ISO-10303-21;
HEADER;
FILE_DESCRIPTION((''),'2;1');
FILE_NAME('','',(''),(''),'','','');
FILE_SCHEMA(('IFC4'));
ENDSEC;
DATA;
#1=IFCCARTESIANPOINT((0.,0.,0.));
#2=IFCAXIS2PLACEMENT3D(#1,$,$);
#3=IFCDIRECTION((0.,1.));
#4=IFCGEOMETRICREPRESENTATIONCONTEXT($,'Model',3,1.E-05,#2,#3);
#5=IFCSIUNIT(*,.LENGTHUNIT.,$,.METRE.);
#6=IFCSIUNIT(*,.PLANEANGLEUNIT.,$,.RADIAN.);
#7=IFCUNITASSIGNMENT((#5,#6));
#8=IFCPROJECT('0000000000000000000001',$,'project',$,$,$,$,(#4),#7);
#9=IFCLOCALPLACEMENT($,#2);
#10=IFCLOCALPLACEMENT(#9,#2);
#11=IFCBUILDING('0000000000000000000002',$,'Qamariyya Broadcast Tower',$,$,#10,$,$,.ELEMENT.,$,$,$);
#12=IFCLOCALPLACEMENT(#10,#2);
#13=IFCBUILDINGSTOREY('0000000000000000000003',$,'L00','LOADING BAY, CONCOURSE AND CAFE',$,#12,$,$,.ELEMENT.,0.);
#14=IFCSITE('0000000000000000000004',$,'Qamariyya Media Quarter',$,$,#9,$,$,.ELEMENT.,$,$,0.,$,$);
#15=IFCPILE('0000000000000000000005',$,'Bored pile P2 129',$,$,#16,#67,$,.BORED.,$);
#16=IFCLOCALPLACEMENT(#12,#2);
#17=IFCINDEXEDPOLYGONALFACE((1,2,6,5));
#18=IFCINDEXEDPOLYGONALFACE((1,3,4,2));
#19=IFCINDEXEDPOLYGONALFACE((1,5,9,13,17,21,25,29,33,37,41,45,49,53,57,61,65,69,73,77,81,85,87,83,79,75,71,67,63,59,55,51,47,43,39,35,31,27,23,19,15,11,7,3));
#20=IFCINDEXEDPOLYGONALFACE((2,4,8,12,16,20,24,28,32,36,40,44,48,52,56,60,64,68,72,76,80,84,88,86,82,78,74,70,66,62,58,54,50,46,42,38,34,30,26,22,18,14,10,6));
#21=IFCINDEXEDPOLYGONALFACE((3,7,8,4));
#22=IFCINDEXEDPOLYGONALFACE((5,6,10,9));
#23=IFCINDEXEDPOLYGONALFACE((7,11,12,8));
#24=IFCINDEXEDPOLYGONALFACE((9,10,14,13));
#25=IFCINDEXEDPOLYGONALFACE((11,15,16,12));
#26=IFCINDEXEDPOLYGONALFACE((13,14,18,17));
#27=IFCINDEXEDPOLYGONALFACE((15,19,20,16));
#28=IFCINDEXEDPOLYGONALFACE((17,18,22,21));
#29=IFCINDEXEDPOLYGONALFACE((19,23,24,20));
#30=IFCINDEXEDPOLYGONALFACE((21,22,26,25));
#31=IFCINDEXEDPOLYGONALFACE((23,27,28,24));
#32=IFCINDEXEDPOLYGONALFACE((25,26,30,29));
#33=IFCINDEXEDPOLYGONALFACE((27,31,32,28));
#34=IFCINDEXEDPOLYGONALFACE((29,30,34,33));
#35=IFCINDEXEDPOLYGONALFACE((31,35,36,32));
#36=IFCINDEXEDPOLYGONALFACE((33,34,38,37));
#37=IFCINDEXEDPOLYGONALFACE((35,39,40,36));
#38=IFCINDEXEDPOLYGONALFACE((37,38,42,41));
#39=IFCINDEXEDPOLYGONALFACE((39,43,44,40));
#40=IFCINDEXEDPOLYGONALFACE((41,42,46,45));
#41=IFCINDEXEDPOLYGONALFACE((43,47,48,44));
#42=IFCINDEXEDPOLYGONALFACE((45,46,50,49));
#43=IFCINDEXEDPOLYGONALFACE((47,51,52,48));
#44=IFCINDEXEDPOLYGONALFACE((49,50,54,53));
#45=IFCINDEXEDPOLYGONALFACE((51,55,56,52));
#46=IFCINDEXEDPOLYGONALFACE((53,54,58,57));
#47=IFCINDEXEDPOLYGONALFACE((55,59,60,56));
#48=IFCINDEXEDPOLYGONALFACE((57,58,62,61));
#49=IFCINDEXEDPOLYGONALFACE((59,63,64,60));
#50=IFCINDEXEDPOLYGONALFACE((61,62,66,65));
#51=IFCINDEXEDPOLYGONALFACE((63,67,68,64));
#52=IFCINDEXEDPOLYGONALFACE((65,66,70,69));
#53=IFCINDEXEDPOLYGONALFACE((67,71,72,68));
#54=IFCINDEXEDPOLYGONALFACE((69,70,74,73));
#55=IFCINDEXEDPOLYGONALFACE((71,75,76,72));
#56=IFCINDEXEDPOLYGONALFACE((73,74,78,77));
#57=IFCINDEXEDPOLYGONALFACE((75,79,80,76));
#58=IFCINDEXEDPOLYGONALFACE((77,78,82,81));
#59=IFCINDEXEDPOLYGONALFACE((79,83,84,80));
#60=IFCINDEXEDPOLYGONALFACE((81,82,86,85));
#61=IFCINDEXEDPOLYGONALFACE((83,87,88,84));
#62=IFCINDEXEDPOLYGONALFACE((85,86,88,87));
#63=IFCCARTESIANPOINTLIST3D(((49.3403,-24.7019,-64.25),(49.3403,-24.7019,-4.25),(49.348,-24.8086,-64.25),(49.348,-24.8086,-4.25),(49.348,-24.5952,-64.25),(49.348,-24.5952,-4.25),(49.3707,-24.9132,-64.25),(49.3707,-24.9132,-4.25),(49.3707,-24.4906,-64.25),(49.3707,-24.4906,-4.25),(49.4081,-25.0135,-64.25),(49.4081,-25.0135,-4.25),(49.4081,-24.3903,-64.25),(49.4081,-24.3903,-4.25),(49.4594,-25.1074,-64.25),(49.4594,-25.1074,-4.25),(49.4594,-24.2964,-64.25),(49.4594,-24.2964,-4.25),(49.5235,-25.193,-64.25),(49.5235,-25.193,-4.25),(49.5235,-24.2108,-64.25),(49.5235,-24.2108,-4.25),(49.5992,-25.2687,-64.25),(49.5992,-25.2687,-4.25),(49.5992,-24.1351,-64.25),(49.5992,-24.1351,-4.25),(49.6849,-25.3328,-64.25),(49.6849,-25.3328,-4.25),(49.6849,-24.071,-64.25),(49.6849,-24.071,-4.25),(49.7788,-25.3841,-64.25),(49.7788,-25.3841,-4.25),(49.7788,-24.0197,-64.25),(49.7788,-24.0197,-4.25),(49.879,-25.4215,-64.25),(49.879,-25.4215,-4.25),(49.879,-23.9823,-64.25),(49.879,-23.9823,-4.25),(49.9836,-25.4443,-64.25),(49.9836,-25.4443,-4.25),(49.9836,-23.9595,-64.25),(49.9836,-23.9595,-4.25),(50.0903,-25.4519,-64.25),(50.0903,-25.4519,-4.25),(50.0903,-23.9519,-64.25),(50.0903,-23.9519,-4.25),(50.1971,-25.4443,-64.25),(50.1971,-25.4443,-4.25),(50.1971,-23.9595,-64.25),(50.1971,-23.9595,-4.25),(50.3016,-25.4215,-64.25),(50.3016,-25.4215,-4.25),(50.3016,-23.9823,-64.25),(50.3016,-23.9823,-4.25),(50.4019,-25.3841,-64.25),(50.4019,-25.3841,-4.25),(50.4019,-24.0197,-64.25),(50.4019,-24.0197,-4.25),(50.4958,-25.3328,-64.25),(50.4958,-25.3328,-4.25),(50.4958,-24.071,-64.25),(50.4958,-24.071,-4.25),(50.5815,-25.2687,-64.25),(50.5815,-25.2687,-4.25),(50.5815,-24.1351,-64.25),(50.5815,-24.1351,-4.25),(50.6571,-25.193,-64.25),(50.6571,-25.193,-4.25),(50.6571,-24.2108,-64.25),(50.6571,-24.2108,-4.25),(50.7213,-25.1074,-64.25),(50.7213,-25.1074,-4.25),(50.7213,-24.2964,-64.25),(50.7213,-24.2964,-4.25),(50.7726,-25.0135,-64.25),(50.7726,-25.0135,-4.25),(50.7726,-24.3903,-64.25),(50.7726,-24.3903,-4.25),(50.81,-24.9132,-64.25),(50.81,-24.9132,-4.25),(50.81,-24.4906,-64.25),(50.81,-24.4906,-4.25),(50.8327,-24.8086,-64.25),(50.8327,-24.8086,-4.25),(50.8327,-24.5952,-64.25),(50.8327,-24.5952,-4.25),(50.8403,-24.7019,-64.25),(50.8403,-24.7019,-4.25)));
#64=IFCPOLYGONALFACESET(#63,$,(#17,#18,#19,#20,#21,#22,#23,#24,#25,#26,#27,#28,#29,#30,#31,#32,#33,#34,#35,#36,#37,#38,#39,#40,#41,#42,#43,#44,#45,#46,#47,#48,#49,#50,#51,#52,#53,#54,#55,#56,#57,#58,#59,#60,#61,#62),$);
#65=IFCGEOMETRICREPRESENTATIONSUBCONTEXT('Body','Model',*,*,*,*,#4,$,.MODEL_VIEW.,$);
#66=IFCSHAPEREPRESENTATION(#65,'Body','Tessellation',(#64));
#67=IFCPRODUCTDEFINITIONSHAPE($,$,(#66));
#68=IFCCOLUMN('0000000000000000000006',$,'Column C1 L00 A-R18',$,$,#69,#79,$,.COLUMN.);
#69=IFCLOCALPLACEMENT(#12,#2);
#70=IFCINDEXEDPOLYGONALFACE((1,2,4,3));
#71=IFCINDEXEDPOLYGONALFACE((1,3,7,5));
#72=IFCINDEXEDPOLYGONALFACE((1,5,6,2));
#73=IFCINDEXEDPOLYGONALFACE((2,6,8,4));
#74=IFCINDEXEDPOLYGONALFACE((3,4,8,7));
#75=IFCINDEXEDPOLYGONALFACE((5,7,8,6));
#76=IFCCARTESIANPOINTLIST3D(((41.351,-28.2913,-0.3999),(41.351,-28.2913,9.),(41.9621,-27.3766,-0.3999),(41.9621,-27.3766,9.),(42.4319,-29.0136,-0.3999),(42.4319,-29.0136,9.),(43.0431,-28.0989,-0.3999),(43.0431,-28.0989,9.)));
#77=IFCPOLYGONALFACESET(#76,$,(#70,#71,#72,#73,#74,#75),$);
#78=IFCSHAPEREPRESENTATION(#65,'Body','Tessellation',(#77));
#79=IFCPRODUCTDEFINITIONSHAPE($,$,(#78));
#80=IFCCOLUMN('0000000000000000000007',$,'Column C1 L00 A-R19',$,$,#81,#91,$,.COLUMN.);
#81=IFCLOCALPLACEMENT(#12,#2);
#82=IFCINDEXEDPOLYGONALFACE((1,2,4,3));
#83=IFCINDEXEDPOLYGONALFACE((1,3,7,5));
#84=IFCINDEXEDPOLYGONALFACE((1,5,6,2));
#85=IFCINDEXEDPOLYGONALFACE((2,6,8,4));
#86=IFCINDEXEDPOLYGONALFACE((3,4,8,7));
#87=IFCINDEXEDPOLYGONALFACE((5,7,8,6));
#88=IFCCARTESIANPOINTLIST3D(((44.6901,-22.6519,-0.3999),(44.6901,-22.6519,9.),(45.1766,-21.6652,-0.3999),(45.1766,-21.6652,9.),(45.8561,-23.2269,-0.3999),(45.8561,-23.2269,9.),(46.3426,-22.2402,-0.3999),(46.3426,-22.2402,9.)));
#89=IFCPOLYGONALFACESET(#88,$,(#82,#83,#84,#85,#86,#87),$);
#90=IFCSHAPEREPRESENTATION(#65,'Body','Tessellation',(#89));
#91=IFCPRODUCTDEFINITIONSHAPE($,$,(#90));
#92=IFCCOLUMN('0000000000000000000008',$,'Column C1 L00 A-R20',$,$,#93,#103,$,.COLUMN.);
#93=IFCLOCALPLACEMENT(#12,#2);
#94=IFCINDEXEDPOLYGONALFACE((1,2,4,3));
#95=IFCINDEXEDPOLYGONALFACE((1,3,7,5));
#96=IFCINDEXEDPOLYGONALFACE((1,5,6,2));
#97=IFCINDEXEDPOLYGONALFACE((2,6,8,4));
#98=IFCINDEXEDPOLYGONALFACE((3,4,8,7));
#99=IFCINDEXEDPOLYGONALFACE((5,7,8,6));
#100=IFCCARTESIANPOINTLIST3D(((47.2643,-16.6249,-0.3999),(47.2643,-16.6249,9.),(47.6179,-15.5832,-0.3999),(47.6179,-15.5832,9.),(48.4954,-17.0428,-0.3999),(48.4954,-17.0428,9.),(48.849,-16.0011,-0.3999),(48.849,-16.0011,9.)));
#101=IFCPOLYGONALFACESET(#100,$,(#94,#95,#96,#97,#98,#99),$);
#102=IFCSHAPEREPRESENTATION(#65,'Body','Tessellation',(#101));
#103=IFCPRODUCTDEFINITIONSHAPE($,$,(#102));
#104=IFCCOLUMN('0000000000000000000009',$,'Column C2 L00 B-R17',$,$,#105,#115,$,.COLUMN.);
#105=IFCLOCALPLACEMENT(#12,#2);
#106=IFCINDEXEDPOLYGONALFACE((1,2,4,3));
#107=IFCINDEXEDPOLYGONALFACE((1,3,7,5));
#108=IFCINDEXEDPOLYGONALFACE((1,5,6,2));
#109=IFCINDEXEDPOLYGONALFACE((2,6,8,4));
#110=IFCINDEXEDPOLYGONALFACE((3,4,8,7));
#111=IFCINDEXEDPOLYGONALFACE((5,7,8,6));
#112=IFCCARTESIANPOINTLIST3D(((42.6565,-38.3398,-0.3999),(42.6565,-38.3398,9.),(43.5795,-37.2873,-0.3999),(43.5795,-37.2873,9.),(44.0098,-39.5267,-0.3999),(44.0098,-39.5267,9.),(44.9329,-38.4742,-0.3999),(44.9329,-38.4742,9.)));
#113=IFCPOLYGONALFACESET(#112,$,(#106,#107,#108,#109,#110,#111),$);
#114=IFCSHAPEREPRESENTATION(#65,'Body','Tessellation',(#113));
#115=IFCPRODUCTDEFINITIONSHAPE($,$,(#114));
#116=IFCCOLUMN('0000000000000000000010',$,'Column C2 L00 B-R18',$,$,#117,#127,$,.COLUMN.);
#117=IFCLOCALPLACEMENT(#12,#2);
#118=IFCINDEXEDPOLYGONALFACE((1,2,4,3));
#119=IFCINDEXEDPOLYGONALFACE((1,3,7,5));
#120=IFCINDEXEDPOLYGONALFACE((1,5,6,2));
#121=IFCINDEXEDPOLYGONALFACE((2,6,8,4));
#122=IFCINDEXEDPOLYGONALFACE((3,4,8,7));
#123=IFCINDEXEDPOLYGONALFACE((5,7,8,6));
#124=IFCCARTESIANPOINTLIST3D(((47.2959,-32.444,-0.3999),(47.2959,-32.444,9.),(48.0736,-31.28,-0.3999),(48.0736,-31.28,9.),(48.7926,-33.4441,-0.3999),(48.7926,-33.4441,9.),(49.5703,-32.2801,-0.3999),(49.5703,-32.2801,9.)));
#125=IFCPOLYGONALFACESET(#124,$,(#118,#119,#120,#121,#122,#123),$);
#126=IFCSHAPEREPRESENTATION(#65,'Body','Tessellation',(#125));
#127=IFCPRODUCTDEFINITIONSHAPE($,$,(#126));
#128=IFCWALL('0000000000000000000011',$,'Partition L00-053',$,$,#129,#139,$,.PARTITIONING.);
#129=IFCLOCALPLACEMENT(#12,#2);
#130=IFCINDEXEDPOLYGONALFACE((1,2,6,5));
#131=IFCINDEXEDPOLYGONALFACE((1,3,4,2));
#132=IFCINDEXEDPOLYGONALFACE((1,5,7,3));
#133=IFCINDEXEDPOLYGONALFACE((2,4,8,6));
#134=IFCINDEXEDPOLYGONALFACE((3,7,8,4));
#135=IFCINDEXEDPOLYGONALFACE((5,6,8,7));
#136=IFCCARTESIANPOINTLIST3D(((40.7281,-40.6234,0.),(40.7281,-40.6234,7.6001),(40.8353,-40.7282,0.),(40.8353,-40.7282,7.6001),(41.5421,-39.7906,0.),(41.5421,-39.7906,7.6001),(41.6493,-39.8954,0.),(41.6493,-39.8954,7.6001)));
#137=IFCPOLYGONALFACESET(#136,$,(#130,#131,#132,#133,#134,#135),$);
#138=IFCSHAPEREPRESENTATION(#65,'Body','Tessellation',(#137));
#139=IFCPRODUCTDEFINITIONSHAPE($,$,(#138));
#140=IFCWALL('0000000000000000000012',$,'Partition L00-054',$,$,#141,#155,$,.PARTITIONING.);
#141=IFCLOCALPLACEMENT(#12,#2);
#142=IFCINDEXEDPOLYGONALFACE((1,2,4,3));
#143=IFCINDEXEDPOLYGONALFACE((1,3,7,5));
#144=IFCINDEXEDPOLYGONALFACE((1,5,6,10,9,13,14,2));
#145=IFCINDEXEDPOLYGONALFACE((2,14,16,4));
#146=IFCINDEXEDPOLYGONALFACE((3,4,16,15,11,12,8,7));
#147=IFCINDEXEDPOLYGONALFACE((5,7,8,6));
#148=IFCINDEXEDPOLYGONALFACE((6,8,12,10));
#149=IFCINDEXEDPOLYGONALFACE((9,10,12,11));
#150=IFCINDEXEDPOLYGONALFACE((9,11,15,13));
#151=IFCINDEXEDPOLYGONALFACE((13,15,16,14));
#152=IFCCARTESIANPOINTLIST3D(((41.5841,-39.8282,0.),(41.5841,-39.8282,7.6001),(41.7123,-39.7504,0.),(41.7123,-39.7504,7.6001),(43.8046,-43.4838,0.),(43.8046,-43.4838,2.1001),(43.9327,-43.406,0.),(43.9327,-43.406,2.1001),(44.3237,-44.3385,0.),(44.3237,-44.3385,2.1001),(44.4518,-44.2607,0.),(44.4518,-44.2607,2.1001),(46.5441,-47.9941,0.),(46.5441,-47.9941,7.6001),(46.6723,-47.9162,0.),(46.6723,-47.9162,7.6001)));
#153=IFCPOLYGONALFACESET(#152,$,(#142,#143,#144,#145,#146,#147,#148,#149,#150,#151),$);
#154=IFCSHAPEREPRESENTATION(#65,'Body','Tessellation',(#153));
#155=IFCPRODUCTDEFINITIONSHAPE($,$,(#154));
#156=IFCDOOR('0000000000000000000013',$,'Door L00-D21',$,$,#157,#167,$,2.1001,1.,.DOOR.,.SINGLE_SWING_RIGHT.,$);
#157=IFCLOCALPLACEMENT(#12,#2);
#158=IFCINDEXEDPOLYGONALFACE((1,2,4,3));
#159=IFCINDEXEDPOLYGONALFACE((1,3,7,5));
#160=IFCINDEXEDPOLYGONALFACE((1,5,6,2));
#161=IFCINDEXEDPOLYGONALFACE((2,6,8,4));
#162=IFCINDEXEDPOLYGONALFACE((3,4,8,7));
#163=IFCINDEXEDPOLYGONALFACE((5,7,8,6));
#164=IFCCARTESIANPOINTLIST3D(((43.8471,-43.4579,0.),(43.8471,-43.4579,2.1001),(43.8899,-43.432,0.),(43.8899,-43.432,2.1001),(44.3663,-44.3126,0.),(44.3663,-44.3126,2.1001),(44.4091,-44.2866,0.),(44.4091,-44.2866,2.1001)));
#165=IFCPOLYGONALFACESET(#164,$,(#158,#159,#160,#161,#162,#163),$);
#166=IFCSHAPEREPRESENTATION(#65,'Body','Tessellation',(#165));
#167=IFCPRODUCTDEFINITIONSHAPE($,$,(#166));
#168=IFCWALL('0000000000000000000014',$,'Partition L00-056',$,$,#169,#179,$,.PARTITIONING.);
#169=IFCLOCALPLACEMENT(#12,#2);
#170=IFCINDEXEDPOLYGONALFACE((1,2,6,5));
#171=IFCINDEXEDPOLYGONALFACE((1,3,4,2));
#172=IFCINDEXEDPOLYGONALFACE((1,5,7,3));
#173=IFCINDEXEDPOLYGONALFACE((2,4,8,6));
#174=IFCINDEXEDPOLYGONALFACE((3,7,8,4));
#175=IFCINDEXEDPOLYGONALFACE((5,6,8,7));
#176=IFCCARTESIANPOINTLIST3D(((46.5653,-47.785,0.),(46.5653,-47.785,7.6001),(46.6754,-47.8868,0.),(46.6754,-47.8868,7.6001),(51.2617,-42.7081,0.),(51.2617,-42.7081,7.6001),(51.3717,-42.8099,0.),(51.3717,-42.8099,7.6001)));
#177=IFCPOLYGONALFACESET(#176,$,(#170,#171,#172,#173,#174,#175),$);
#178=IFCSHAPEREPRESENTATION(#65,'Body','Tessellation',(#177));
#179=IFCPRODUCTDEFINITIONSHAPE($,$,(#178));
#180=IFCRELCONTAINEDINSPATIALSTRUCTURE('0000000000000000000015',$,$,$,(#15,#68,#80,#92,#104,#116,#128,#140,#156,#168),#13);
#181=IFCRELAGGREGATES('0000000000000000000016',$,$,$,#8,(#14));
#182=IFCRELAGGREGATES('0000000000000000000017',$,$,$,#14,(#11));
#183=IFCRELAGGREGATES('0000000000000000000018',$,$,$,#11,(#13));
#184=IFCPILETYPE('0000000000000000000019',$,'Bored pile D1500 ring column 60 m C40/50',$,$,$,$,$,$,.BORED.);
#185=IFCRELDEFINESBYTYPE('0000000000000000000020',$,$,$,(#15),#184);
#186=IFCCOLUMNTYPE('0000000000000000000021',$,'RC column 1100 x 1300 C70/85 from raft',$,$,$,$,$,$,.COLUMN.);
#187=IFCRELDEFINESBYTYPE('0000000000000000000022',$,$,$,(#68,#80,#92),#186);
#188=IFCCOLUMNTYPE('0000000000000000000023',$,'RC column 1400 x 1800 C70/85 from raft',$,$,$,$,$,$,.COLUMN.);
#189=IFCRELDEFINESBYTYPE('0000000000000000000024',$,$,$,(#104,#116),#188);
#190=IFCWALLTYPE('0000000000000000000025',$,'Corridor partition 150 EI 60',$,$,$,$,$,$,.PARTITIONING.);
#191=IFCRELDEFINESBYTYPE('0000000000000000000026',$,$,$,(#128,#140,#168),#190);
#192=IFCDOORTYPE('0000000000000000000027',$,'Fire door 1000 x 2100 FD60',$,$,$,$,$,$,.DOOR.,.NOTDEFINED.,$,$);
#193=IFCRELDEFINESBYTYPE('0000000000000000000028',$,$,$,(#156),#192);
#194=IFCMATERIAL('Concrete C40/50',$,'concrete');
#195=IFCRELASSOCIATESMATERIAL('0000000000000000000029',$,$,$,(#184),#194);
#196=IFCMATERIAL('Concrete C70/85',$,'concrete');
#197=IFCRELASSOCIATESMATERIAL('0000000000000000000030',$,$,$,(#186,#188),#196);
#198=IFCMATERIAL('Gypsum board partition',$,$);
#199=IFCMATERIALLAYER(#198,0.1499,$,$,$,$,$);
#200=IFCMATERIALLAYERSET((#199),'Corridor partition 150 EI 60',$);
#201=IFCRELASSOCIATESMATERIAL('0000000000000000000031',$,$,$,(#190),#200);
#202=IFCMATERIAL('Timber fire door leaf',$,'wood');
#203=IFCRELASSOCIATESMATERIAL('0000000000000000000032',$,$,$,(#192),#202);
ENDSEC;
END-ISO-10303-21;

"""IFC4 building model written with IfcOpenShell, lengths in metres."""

from ifc_helpers import new_model, si_unit, direction, frame, frame_2d, origin, origin_2d, place, context, subcontext, project, spatial, rectangle, circle, extrude, material, layer, layer_set, material_profile, profile_set, type_object, element, fill, save


model = new_model("IFC4")

# Units and contexts
model_context = context("Model", 3, precision=1e-05, world=origin(), true_north=direction((0.0, 1.0)))
body_context = subcontext(model_context, "Body", "Model", "MODEL_VIEW")
ifc_project = project(units=[si_unit("LENGTHUNIT", "METRE"), si_unit("PLANEANGLEUNIT", "RADIAN")], contexts=[model_context])

# Site, building, storey
site_placement = place(None, origin())
site = spatial("IfcSite", under=ifc_project, at=site_placement, Name="Qamariyya Media Quarter", CompositionType="ELEMENT", RefElevation=0.0)
building_placement = place(site_placement, origin())
building = spatial("IfcBuilding", under=site, at=building_placement, Name="Qamariyya Broadcast Tower", CompositionType="ELEMENT")
storey_placement = place(building_placement, origin())
storey = spatial("IfcBuildingStorey", under=building, at=storey_placement, Name="L00", Description="LOADING BAY, CONCOURSE AND CAFE", CompositionType="ELEMENT", Elevation=0.0)

# Pile
ifc_material_1 = material(Name="Concrete C40/50", Category="concrete")
ifc_material_profile_1 = material_profile(ifc_material_1, circle(Radius=0.75, at=origin_2d()))
ifc_profile_set_1 = profile_set([ifc_material_profile_1], Name="Concrete C40/50")
pile_type_1 = type_object("IfcPileType", Name="Bored pile D1500 ring column 60 m C40/50", PredefinedType="BORED", material=ifc_profile_set_1)
for number, where, z_axis, x_axis, name in (
    (1, (50.0903, -24.7019, -4.25), (0.0, 0.0, -1.0), (1.0, 0.0, 0.0), "Bored pile P2 129"),
):
    element("IfcPile", number, at=place(storey_placement, frame(where, z_axis=z_axis, x_axis=x_axis)), inside=storey, type_object=pile_type_1, Name=name, PredefinedType="BORED", context=body_context, shape_type="SweptSolid", body=[
        extrude(circle(Radius=0.75, at=origin_2d()), origin(), (0.0, 0.0, 1.0), 60.0),
    ])

# Columns
ifc_material_2 = material(Name="Concrete C70/85", Category="concrete")
ifc_material_profile_2 = material_profile(ifc_material_2, rectangle(XDim=1.1001, YDim=1.3, at=origin_2d()))
ifc_profile_set_2 = profile_set([ifc_material_profile_2], Name="Concrete C70/85")
column_type_1 = type_object("IfcColumnType", Name="RC column 1100 x 1300 C70/85 from raft", PredefinedType="COLUMN", material=ifc_profile_set_2)
for number, where, z_axis, x_axis, name in (
    (2, (42.197, -28.1951, -0.3999), (0.0, 0.0, 1.0), (0.55557, 0.83147, 0.0), "Column C1 L00 A-R18"),
    (3, (45.5164, -22.446, -0.3999), (0.0, 0.0, 1.0), (0.442289, 0.896873, 0.0), "Column C1 L00 A-R19"),
    (4, (48.0566, -16.313, -0.3999), (0.0, 0.0, 1.0), (0.321439, 0.94693, 0.0), "Column C1 L00 A-R20"),
):
    element("IfcColumn", number, at=place(storey_placement, frame(where, z_axis=z_axis, x_axis=x_axis)), inside=storey, type_object=column_type_1, Name=name, PredefinedType="COLUMN", context=body_context, shape_type="SweptSolid", body=[
        extrude(rectangle(XDim=1.1001, YDim=1.3, at=origin_2d()), origin(), (0.0, 0.0, 1.0), 9.3999),
    ])
ifc_material_profile_3 = material_profile(ifc_material_2, rectangle(XDim=1.3999, YDim=1.8, at=origin_2d()))
ifc_profile_set_3 = profile_set([ifc_material_profile_3], Name="Concrete C70/85")
column_type_2 = type_object("IfcColumnType", Name="RC column 1400 x 1800 C70/85 from raft", PredefinedType="COLUMN", material=ifc_profile_set_3)
for number, where, z_axis, x_axis, name in (
    (5, (43.7947, -38.407, -0.3999), (0.0, 0.0, 1.0), (0.659346, 0.75184, 0.0), "Column C2 L00 B-R17"),
    (6, (48.4331, -32.3621, -0.3999), (0.0, 0.0, 1.0), (0.55557, 0.83147, 0.0), "Column C2 L00 B-R18"),
):
    element("IfcColumn", number, at=place(storey_placement, frame(where, z_axis=z_axis, x_axis=x_axis)), inside=storey, type_object=column_type_2, Name=name, PredefinedType="COLUMN", context=body_context, shape_type="SweptSolid", body=[
        extrude(rectangle(XDim=1.3999, YDim=1.8, at=origin_2d()), origin(), (0.0, 0.0, 1.0), 9.3999),
    ])

# Wall
ifc_material_3 = material(Name="Gypsum board partition")
ifc_layer_1 = layer(ifc_material_3, 0.1499)
ifc_layer_set_1 = layer_set([ifc_layer_1], Name="Corridor partition 150 EI 60")
wall_type_1 = type_object("IfcWallType", Name="Corridor partition 150 EI 60", PredefinedType="PARTITIONING", material=ifc_layer_set_1)
wall_1_placement = place(storey_placement, frame((40.7817, -40.6758, 0.0), z_axis=(0.0, 0.0, 1.0), x_axis=(0.698989, 0.715132, 0.0)))
element("IfcWall", 7, at=wall_1_placement, inside=storey, type_object=wall_type_1, Name="Partition L00-053", PredefinedType="PARTITIONING", context=body_context, shape_type="SweptSolid", body=[
    extrude(rectangle(XDim=1.1646, YDim=0.1499, at=frame_2d((0.5823, 0.0))), origin(), (0.0, 0.0, 1.0), 7.6001),
])

# Wall, opening, door
wall_2_placement = place(storey_placement, frame((41.6482, -39.7893, 0.0), z_axis=(0.0, 0.0, 1.0), x_axis=(0.519144, -0.854687, 0.0)))
wall_2 = element("IfcWall", 8, at=wall_2_placement, inside=storey, type_object=wall_type_1, Name="Partition L00-054", PredefinedType="PARTITIONING", context=body_context, shape_type="SweptSolid", body=[
    extrude(rectangle(XDim=9.5542, YDim=0.1499, at=frame_2d((4.7771, 0.0))), origin(), (0.0, 0.0, 1.0), 7.6001),
])
opening_1_placement = place(wall_2_placement, frame((4.2771, 0.0, 0.0)))
opening_1 = element("IfcOpeningElement", 9, at=opening_1_placement, cuts=wall_2, PredefinedType="OPENING", context=body_context, shape_type="SweptSolid", body=[
    extrude(rectangle(XDim=1.0, YDim=2.1001, at=frame_2d((0.5, 1.05))), frame((0.0, 0.085, 0.0), z_axis=(0.0, -1.0, 0.0), x_axis=(1.0, 0.0, 0.0)), (0.0, 0.0, 1.0), 0.1699),
])
ifc_material_4 = material(Name="Timber fire door leaf", Category="wood")
door_type_1 = type_object("IfcDoorType", Name="Fire door 1000 x 2100 FD60", OperationType="NOTDEFINED", PredefinedType="DOOR", material=ifc_material_4)
door_1_placement = place(opening_1_placement, origin())
door_1 = element("IfcDoor", 10, at=door_1_placement, inside=storey, type_object=door_type_1, Name="Door L00-D21", OperationType="SINGLE_SWING_RIGHT", OverallHeight=2.1001, OverallWidth=1.0, PredefinedType="DOOR", context=body_context, shape_type="SweptSolid", body=[
    extrude(rectangle(XDim=1.0, YDim=2.1001, at=frame_2d((0.5, 1.05))), frame((0.0, 0.0249, 0.0), z_axis=(0.0, -1.0, 0.0), x_axis=(1.0, 0.0, 0.0)), (0.0, 0.0, 1.0), 0.05),
])
fill(opening_1, door_1)

# Wall
wall_3_placement = place(storey_placement, frame((46.6204, -47.8359, 0.0), z_axis=(0.0, 0.0, 1.0), x_axis=(0.679054, 0.734088, 0.0)))
element("IfcWall", 11, at=wall_3_placement, inside=storey, type_object=wall_type_1, Name="Partition L00-056", PredefinedType="PARTITIONING", context=body_context, shape_type="SweptSolid", body=[
    extrude(rectangle(XDim=6.916, YDim=0.1499, at=frame_2d((3.458, 0.0))), origin(), (0.0, 0.0, 1.0), 7.6001),
])

save(model, "model.ifc")
